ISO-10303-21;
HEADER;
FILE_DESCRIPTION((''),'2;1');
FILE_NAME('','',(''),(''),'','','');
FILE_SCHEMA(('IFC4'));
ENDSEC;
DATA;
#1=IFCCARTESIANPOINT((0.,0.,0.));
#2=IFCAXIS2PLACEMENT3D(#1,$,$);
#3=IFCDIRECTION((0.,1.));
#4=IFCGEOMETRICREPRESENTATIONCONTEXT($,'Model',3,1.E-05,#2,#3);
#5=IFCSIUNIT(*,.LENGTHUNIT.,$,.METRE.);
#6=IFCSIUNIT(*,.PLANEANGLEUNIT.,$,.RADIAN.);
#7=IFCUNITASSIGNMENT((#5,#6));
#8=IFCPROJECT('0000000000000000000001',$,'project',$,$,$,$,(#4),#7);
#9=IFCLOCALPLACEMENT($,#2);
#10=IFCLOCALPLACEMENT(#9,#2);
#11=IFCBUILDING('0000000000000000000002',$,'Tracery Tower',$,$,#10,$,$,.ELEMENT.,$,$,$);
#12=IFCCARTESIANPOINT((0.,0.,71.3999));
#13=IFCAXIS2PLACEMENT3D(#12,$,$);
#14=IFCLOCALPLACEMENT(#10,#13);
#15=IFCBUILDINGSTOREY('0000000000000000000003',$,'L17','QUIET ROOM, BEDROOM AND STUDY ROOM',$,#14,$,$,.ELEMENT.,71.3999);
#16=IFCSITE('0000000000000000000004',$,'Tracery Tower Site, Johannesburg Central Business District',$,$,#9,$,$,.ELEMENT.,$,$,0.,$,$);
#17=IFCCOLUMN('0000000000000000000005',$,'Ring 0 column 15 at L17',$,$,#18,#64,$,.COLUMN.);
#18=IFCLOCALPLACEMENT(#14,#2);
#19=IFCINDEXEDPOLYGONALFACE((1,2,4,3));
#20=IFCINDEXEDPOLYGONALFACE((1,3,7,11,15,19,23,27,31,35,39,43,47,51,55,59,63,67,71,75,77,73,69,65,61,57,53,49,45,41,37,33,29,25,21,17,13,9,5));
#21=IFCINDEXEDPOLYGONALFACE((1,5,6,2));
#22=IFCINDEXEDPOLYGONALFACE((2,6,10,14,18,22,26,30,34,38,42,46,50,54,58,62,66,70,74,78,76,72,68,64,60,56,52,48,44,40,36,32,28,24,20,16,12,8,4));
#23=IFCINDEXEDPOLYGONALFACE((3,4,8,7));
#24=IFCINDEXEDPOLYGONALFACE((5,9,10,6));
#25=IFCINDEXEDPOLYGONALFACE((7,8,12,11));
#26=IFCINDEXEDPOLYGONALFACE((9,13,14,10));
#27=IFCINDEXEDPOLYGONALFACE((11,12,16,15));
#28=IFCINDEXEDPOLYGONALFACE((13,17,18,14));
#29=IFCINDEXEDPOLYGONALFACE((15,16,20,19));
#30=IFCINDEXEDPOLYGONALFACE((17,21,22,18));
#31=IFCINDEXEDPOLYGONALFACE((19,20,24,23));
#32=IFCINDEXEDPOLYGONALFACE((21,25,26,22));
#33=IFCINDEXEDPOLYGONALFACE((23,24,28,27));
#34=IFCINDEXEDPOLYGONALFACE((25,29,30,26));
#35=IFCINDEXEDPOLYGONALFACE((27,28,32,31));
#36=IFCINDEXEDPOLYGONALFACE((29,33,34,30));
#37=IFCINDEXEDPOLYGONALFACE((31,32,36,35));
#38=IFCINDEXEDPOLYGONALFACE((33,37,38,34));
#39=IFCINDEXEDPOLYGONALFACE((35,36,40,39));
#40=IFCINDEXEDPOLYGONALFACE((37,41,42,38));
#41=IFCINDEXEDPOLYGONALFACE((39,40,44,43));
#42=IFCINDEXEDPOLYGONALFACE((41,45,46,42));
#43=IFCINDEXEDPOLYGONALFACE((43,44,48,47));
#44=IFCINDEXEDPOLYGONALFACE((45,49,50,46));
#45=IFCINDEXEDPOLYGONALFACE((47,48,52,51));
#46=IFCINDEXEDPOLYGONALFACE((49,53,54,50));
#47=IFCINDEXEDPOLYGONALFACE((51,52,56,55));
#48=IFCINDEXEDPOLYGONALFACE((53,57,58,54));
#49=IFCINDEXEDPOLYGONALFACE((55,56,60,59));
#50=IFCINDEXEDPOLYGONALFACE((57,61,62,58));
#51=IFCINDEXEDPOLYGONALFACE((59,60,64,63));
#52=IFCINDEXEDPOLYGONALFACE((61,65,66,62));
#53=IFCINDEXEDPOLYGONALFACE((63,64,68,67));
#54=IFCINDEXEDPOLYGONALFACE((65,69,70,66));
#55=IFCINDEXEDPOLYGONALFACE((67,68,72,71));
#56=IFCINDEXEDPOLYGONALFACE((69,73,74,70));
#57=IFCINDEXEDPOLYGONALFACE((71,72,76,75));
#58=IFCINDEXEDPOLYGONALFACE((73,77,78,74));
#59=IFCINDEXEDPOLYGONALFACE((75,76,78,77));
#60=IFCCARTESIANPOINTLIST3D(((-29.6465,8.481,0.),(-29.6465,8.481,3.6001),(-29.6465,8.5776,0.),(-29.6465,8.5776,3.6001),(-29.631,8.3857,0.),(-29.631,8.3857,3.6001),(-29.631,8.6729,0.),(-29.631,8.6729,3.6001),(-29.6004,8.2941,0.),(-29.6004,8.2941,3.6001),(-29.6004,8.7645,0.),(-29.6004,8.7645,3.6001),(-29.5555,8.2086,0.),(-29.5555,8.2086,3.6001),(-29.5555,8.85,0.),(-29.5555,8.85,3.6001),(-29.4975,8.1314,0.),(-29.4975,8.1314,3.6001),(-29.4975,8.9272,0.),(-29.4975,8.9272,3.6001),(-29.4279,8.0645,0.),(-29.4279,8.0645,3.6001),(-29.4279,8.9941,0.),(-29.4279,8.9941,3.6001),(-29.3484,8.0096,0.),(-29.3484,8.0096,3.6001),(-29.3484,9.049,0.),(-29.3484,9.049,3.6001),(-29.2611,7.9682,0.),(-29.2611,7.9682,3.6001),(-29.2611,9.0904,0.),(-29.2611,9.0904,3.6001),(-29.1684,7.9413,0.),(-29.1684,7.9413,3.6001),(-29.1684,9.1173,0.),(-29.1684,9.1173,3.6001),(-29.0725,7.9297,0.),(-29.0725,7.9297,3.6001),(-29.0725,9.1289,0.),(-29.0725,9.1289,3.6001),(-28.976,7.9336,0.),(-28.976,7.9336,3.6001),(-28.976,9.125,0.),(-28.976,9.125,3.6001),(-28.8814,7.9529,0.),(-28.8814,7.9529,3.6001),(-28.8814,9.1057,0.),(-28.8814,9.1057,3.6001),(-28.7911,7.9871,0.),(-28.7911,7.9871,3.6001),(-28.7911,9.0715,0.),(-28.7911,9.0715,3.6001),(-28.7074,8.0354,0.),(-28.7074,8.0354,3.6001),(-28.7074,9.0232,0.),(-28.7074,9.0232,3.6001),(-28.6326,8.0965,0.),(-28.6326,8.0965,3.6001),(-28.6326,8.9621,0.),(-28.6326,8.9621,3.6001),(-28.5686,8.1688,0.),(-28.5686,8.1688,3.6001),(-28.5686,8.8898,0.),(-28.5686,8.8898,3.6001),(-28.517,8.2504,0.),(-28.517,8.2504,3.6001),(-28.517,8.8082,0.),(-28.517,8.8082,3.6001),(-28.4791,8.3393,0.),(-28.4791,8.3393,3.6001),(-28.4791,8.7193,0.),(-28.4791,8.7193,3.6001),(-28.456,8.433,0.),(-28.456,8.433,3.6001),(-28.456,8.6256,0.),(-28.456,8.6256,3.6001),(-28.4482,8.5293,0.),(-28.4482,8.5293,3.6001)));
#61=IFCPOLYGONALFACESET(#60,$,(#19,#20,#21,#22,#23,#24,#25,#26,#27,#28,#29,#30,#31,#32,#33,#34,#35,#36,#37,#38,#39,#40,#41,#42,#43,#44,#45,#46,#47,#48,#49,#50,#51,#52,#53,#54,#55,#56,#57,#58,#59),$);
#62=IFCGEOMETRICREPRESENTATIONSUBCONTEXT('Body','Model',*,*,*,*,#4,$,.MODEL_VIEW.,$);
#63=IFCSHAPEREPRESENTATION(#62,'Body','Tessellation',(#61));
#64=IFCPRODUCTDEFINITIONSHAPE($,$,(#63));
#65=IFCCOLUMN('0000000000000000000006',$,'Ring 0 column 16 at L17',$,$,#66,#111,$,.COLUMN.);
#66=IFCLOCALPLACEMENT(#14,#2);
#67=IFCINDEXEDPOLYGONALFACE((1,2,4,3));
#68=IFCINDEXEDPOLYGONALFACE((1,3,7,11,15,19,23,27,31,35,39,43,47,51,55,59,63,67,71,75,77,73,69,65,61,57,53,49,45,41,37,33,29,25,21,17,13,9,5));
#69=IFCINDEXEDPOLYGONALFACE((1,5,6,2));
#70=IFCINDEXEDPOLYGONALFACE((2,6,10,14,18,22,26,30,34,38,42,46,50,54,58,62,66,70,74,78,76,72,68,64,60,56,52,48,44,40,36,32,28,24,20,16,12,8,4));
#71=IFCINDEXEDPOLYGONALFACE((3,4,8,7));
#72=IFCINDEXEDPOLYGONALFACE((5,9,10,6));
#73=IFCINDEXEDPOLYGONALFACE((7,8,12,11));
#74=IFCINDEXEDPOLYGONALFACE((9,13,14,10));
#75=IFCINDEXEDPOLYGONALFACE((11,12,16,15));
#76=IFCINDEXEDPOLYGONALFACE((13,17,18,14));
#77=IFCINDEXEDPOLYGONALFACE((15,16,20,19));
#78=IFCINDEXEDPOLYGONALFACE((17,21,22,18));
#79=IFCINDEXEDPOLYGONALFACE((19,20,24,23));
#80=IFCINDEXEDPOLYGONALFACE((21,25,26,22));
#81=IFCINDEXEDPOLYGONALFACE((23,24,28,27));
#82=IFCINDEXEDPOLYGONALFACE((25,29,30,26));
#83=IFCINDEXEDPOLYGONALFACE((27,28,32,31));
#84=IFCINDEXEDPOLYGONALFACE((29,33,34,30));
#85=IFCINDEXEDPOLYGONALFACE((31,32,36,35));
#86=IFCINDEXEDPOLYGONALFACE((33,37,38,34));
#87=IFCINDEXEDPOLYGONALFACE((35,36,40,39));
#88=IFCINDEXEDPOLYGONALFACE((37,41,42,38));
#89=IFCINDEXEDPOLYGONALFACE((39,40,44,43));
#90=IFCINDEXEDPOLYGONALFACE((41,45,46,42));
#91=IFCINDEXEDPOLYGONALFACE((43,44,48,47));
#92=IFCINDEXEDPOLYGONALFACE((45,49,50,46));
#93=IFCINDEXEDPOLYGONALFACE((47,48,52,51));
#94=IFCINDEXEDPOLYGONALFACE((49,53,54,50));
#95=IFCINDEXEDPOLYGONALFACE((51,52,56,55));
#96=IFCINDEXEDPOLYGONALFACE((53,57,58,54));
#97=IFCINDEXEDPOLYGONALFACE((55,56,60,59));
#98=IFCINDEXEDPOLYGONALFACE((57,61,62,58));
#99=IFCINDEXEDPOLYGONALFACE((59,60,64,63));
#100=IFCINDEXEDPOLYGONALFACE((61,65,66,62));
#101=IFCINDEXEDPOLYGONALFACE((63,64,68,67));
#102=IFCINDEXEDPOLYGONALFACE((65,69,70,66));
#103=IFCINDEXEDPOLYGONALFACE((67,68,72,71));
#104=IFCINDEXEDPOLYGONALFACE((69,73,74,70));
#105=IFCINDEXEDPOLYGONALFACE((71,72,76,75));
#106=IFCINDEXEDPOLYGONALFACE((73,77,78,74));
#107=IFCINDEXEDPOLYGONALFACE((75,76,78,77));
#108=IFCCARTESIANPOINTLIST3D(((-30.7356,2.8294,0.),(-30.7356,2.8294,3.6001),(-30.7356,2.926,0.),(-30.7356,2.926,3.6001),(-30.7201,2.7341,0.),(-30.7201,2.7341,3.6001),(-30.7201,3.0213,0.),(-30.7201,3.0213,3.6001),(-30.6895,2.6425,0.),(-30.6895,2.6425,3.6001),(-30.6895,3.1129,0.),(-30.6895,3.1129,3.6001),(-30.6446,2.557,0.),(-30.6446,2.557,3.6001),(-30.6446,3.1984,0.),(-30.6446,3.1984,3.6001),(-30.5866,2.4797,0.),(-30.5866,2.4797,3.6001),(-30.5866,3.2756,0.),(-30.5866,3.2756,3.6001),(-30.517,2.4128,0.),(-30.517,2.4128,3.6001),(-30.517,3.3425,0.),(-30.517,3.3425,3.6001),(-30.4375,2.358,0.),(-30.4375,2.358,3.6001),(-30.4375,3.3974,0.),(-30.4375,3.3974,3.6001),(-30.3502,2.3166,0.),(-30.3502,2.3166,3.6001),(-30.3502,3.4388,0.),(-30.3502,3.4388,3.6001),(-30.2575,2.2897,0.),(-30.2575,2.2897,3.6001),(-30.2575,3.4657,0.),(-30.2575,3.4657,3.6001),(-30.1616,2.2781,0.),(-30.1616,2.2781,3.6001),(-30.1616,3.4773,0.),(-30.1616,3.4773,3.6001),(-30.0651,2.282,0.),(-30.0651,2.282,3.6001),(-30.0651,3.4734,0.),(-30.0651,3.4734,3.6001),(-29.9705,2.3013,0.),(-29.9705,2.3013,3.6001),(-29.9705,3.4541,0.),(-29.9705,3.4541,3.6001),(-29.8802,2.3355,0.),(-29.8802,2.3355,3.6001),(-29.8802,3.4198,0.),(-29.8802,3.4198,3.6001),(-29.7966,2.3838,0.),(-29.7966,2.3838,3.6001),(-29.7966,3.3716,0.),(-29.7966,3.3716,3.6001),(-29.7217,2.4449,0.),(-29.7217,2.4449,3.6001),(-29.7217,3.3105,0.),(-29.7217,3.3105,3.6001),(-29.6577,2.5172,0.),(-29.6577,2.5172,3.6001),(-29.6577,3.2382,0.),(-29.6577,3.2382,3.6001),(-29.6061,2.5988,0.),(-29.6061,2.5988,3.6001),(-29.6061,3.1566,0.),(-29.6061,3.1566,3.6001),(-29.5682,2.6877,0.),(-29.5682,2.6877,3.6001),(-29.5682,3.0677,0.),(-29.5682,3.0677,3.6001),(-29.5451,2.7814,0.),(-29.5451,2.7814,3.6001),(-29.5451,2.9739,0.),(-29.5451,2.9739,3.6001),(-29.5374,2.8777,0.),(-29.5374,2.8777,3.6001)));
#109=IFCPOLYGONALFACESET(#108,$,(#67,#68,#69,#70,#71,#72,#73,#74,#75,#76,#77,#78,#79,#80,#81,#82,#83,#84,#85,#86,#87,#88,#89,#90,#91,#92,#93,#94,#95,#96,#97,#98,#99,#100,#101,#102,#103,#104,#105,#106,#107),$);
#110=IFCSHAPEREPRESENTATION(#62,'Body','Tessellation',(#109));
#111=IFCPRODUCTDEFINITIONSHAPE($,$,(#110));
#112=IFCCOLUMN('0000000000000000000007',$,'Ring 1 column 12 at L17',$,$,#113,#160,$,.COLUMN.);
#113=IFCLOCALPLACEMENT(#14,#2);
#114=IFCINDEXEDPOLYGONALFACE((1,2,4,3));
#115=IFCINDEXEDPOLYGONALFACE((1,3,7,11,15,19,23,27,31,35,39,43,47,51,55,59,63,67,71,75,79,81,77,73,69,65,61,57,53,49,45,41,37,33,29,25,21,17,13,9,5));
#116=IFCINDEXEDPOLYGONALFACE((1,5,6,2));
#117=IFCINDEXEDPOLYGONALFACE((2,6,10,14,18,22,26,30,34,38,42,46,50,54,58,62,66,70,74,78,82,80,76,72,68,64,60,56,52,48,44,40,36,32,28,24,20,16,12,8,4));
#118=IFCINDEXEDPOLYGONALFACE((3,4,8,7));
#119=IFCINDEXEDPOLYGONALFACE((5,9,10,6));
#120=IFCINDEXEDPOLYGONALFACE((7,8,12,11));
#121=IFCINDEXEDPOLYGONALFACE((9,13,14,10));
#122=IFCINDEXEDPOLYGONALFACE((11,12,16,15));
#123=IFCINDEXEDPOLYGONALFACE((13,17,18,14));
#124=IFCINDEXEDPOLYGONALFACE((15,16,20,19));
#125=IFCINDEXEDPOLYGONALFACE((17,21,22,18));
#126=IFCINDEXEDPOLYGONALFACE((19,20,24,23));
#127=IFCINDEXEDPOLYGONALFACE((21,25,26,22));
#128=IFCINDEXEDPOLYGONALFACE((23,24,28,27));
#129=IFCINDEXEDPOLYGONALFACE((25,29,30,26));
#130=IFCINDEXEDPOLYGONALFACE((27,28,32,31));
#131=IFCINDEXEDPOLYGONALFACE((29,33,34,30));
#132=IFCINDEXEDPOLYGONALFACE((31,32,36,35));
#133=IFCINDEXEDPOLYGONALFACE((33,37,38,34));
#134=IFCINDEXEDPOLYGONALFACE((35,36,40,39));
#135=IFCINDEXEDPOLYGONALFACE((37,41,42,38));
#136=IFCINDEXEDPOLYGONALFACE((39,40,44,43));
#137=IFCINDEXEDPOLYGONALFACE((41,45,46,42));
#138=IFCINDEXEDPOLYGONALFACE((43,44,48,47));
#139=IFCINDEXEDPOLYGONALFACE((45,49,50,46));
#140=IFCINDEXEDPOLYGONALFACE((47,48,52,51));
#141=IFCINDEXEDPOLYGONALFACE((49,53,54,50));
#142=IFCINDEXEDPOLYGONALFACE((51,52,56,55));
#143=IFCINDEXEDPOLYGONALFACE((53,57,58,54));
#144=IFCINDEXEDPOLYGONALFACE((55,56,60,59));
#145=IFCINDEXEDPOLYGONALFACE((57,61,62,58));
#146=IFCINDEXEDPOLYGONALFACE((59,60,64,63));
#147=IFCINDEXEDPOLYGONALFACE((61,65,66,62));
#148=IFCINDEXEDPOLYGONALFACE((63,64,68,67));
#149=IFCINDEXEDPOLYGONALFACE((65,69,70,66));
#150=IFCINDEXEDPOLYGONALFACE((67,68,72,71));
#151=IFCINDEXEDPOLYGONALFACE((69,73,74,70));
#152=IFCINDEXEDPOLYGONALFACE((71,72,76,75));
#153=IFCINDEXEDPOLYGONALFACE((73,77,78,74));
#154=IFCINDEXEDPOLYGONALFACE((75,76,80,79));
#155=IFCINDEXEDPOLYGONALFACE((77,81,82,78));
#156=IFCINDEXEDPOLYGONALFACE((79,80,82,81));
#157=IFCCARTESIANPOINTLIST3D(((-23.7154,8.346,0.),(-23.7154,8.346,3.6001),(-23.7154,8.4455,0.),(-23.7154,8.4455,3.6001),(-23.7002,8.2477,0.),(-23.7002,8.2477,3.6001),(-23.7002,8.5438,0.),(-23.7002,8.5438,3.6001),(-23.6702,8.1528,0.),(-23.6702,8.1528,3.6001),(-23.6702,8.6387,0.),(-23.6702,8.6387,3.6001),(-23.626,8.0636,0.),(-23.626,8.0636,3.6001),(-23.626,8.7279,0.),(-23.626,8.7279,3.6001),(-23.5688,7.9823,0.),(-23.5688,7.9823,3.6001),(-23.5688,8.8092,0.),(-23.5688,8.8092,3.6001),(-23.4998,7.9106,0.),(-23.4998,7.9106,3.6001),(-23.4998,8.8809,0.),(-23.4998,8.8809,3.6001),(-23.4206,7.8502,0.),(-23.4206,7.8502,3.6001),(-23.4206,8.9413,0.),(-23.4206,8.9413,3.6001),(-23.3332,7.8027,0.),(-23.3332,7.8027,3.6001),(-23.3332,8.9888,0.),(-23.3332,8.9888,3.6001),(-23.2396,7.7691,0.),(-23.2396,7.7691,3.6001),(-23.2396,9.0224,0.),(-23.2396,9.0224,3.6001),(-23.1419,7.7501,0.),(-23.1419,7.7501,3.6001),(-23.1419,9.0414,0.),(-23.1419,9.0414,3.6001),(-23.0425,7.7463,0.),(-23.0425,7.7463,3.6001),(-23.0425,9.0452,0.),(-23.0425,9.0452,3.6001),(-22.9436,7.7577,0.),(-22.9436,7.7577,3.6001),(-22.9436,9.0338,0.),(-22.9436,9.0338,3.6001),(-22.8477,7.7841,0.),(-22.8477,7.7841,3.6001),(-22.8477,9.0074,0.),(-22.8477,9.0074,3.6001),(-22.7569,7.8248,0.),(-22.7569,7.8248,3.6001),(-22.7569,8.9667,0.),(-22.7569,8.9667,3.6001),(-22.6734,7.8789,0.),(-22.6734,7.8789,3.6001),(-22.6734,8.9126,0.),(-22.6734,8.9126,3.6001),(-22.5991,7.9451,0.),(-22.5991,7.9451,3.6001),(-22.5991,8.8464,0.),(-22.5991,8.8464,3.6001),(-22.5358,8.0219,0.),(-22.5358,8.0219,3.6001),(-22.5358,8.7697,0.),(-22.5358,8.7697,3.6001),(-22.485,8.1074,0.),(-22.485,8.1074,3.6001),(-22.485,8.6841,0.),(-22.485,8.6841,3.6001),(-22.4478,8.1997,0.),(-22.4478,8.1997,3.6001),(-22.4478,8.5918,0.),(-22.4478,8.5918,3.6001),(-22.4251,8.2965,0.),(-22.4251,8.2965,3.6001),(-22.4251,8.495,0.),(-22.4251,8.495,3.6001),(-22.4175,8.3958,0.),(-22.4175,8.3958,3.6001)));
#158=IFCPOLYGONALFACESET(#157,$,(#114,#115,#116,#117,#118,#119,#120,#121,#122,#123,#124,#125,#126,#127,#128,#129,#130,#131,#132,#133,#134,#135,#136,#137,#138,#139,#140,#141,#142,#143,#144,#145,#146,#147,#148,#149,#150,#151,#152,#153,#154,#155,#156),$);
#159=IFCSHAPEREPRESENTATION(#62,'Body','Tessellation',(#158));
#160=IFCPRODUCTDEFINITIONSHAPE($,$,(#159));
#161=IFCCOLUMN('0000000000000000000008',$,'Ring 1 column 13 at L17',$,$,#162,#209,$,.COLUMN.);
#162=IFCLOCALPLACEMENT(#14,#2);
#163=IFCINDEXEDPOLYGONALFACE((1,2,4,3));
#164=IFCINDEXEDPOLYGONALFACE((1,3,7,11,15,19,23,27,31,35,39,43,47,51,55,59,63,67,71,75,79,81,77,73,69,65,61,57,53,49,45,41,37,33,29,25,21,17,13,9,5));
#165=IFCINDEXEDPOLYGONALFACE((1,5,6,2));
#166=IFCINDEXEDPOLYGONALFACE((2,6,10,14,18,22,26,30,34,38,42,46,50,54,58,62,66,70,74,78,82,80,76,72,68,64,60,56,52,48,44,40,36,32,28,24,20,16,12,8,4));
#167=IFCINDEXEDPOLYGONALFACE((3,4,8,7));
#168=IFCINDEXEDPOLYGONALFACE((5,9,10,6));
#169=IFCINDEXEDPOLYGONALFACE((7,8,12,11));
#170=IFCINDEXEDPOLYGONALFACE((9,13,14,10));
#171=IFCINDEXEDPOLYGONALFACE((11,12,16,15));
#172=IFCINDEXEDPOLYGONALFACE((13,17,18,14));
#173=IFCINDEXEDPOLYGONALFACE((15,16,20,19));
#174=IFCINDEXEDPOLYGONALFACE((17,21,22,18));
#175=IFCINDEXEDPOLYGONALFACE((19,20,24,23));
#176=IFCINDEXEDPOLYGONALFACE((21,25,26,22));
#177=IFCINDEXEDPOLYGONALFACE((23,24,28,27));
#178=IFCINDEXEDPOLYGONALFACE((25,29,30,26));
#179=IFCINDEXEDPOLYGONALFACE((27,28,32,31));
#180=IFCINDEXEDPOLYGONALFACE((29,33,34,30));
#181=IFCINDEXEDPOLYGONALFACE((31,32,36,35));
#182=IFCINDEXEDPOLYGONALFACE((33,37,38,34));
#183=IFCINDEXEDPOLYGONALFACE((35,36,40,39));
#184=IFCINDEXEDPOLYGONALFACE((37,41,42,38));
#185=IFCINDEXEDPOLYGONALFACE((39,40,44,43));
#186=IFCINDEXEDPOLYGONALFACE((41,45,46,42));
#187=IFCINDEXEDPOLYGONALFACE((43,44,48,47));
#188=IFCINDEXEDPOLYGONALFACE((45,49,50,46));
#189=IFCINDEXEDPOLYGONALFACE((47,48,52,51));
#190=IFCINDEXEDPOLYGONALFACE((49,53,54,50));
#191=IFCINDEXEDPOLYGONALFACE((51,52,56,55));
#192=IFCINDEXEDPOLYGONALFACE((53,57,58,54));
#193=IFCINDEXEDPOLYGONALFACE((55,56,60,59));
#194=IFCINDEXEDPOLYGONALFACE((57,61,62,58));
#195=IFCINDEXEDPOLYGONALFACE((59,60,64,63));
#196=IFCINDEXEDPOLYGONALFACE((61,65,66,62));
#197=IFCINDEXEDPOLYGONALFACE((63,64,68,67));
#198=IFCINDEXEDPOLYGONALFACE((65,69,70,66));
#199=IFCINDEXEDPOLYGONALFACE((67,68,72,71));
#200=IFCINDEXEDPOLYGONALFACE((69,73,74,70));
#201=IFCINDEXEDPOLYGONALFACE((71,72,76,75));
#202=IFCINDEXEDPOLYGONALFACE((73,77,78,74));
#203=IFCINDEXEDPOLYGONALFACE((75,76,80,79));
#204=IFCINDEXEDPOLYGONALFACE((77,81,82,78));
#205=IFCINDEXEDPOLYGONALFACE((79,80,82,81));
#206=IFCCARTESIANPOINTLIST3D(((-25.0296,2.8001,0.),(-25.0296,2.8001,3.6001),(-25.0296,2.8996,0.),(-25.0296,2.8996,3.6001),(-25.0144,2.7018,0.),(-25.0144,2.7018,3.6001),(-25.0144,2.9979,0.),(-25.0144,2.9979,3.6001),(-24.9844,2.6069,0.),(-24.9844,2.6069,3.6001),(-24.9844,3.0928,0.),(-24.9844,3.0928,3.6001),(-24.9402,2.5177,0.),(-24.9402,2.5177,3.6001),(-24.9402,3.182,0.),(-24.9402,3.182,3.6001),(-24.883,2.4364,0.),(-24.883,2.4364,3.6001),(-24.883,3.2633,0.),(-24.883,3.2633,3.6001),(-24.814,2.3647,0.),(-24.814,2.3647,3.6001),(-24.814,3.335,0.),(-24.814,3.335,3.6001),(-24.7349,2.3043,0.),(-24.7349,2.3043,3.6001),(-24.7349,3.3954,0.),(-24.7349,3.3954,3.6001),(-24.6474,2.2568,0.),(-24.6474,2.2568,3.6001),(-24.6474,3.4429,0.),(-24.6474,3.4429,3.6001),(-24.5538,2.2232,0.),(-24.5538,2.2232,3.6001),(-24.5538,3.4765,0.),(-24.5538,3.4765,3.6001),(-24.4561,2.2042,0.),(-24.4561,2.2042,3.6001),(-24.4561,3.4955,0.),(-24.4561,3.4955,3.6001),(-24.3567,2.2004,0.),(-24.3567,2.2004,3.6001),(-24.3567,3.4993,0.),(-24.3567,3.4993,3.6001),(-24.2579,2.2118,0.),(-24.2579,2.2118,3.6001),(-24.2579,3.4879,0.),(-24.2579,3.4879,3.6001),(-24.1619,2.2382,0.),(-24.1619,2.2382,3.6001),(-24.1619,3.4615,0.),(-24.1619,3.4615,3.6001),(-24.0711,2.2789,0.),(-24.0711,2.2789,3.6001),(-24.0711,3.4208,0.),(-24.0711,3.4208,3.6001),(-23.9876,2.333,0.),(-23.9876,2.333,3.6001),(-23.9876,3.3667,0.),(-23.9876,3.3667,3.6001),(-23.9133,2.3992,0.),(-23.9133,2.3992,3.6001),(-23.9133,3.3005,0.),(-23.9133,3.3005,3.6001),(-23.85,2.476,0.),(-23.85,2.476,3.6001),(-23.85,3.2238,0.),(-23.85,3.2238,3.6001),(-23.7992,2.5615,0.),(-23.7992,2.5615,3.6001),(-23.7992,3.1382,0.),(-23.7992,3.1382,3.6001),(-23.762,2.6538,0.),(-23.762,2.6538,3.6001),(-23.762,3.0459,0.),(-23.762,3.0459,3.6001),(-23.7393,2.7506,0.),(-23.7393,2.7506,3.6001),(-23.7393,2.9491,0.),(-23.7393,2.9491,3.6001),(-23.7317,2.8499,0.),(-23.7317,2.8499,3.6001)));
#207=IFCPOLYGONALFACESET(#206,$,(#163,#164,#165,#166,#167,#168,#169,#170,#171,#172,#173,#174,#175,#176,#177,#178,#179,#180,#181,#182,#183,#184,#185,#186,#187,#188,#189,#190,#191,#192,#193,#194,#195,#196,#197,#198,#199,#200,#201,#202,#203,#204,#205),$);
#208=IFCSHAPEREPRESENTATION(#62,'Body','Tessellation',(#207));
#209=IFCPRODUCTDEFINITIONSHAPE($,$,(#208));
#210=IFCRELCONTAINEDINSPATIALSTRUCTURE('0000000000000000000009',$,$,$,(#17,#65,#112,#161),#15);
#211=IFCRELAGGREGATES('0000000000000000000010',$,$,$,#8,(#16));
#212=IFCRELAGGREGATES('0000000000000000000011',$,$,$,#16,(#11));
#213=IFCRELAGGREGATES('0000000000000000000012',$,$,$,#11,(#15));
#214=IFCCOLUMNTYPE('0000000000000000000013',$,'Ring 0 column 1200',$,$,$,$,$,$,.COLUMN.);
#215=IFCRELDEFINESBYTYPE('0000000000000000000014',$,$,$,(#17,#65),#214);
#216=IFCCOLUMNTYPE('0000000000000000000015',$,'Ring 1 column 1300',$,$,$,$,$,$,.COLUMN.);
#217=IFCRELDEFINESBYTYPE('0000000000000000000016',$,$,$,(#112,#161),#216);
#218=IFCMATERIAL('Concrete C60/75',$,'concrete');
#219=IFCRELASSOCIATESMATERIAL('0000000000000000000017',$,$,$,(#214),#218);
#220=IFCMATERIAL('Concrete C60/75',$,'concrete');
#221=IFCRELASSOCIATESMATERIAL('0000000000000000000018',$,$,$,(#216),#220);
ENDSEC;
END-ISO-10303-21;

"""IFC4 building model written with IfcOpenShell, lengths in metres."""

from ifc_helpers import new_model, si_unit, direction, frame, origin, origin_2d, place, context, subcontext, project, spatial, circle, extrude, material, material_profile, profile_set, type_object, element, save


model = new_model("IFC4")

# Units and contexts
model_context = context("Model", 3, precision=1e-05, world=origin(), true_north=direction((0.0, 1.0)))
body_context = subcontext(model_context, "Body", "Model", "MODEL_VIEW")
ifc_project = project(units=[si_unit("LENGTHUNIT", "METRE"), si_unit("PLANEANGLEUNIT", "RADIAN")], contexts=[model_context])

# Site, building, storey
site_placement = place(None, origin())
site = spatial("IfcSite", under=ifc_project, at=site_placement, Name="Tracery Tower Site, Johannesburg Central Business District", CompositionType="ELEMENT", RefElevation=0.0)
building_placement = place(site_placement, origin())
building = spatial("IfcBuilding", under=site, at=building_placement, Name="Tracery Tower", CompositionType="ELEMENT")
storey_placement = place(building_placement, frame((0.0, 0.0, 71.3999)))
storey = spatial("IfcBuildingStorey", under=building, at=storey_placement, Name="L17", Description="QUIET ROOM, BEDROOM AND STUDY ROOM", CompositionType="ELEMENT", Elevation=71.3999)

# Columns
ifc_material_1 = material(Name="Concrete C60/75", Category="concrete")
ifc_material_profile_1 = material_profile(ifc_material_1, circle(Radius=0.6001, at=origin_2d()), Name="RC D1200")
ifc_profile_set_1 = profile_set([ifc_material_profile_1], Name="Concrete C60/75")
column_type_1 = type_object("IfcColumnType", Name="Ring 0 column 1200", PredefinedType="COLUMN", material=ifc_profile_set_1)
for number, where, z_axis, x_axis, name in (
    (1, (-29.0483, 8.5293, 0.0), (0.0, 0.0, 1.0), (1.0, 0.0, 0.0), "Ring 0 column 15 at L17"),
    (2, (-30.1375, 2.8777, 0.0), (0.0, 0.0, 1.0), (1.0, 0.0, 0.0), "Ring 0 column 16 at L17"),
):
    element("IfcColumn", number, at=place(storey_placement, frame(where, z_axis=z_axis, x_axis=x_axis)), inside=storey, type_object=column_type_1, Name=name, PredefinedType="COLUMN", context=body_context, shape_type="SweptSolid", body=[
        extrude(circle(Radius=0.6001, at=origin_2d()), origin(), (0.0, 0.0, 1.0), 3.6001),
    ])
ifc_material_2 = material(Name="Concrete C60/75", Category="concrete")
ifc_material_profile_2 = material_profile(ifc_material_2, circle(Radius=0.6499, at=origin_2d()), Name="RC D1300")
ifc_profile_set_2 = profile_set([ifc_material_profile_2], Name="Concrete C60/75")
column_type_2 = type_object("IfcColumnType", Name="Ring 1 column 1300", PredefinedType="COLUMN", material=ifc_profile_set_2)
for number, where, z_axis, x_axis, name in (
    (3, (-23.0674, 8.3958, 0.0), (0.0, 0.0, 1.0), (1.0, 0.0, 0.0), "Ring 1 column 12 at L17"),
    (4, (-24.3816, 2.8499, 0.0), (0.0, 0.0, 1.0), (1.0, 0.0, 0.0), "Ring 1 column 13 at L17"),
):
    element("IfcColumn", number, at=place(storey_placement, frame(where, z_axis=z_axis, x_axis=x_axis)), inside=storey, type_object=column_type_2, Name=name, PredefinedType="COLUMN", context=body_context, shape_type="SweptSolid", body=[
        extrude(circle(Radius=0.6499, at=origin_2d()), origin(), (0.0, 0.0, 1.0), 3.6001),
    ])

save(model, "model.ifc")
